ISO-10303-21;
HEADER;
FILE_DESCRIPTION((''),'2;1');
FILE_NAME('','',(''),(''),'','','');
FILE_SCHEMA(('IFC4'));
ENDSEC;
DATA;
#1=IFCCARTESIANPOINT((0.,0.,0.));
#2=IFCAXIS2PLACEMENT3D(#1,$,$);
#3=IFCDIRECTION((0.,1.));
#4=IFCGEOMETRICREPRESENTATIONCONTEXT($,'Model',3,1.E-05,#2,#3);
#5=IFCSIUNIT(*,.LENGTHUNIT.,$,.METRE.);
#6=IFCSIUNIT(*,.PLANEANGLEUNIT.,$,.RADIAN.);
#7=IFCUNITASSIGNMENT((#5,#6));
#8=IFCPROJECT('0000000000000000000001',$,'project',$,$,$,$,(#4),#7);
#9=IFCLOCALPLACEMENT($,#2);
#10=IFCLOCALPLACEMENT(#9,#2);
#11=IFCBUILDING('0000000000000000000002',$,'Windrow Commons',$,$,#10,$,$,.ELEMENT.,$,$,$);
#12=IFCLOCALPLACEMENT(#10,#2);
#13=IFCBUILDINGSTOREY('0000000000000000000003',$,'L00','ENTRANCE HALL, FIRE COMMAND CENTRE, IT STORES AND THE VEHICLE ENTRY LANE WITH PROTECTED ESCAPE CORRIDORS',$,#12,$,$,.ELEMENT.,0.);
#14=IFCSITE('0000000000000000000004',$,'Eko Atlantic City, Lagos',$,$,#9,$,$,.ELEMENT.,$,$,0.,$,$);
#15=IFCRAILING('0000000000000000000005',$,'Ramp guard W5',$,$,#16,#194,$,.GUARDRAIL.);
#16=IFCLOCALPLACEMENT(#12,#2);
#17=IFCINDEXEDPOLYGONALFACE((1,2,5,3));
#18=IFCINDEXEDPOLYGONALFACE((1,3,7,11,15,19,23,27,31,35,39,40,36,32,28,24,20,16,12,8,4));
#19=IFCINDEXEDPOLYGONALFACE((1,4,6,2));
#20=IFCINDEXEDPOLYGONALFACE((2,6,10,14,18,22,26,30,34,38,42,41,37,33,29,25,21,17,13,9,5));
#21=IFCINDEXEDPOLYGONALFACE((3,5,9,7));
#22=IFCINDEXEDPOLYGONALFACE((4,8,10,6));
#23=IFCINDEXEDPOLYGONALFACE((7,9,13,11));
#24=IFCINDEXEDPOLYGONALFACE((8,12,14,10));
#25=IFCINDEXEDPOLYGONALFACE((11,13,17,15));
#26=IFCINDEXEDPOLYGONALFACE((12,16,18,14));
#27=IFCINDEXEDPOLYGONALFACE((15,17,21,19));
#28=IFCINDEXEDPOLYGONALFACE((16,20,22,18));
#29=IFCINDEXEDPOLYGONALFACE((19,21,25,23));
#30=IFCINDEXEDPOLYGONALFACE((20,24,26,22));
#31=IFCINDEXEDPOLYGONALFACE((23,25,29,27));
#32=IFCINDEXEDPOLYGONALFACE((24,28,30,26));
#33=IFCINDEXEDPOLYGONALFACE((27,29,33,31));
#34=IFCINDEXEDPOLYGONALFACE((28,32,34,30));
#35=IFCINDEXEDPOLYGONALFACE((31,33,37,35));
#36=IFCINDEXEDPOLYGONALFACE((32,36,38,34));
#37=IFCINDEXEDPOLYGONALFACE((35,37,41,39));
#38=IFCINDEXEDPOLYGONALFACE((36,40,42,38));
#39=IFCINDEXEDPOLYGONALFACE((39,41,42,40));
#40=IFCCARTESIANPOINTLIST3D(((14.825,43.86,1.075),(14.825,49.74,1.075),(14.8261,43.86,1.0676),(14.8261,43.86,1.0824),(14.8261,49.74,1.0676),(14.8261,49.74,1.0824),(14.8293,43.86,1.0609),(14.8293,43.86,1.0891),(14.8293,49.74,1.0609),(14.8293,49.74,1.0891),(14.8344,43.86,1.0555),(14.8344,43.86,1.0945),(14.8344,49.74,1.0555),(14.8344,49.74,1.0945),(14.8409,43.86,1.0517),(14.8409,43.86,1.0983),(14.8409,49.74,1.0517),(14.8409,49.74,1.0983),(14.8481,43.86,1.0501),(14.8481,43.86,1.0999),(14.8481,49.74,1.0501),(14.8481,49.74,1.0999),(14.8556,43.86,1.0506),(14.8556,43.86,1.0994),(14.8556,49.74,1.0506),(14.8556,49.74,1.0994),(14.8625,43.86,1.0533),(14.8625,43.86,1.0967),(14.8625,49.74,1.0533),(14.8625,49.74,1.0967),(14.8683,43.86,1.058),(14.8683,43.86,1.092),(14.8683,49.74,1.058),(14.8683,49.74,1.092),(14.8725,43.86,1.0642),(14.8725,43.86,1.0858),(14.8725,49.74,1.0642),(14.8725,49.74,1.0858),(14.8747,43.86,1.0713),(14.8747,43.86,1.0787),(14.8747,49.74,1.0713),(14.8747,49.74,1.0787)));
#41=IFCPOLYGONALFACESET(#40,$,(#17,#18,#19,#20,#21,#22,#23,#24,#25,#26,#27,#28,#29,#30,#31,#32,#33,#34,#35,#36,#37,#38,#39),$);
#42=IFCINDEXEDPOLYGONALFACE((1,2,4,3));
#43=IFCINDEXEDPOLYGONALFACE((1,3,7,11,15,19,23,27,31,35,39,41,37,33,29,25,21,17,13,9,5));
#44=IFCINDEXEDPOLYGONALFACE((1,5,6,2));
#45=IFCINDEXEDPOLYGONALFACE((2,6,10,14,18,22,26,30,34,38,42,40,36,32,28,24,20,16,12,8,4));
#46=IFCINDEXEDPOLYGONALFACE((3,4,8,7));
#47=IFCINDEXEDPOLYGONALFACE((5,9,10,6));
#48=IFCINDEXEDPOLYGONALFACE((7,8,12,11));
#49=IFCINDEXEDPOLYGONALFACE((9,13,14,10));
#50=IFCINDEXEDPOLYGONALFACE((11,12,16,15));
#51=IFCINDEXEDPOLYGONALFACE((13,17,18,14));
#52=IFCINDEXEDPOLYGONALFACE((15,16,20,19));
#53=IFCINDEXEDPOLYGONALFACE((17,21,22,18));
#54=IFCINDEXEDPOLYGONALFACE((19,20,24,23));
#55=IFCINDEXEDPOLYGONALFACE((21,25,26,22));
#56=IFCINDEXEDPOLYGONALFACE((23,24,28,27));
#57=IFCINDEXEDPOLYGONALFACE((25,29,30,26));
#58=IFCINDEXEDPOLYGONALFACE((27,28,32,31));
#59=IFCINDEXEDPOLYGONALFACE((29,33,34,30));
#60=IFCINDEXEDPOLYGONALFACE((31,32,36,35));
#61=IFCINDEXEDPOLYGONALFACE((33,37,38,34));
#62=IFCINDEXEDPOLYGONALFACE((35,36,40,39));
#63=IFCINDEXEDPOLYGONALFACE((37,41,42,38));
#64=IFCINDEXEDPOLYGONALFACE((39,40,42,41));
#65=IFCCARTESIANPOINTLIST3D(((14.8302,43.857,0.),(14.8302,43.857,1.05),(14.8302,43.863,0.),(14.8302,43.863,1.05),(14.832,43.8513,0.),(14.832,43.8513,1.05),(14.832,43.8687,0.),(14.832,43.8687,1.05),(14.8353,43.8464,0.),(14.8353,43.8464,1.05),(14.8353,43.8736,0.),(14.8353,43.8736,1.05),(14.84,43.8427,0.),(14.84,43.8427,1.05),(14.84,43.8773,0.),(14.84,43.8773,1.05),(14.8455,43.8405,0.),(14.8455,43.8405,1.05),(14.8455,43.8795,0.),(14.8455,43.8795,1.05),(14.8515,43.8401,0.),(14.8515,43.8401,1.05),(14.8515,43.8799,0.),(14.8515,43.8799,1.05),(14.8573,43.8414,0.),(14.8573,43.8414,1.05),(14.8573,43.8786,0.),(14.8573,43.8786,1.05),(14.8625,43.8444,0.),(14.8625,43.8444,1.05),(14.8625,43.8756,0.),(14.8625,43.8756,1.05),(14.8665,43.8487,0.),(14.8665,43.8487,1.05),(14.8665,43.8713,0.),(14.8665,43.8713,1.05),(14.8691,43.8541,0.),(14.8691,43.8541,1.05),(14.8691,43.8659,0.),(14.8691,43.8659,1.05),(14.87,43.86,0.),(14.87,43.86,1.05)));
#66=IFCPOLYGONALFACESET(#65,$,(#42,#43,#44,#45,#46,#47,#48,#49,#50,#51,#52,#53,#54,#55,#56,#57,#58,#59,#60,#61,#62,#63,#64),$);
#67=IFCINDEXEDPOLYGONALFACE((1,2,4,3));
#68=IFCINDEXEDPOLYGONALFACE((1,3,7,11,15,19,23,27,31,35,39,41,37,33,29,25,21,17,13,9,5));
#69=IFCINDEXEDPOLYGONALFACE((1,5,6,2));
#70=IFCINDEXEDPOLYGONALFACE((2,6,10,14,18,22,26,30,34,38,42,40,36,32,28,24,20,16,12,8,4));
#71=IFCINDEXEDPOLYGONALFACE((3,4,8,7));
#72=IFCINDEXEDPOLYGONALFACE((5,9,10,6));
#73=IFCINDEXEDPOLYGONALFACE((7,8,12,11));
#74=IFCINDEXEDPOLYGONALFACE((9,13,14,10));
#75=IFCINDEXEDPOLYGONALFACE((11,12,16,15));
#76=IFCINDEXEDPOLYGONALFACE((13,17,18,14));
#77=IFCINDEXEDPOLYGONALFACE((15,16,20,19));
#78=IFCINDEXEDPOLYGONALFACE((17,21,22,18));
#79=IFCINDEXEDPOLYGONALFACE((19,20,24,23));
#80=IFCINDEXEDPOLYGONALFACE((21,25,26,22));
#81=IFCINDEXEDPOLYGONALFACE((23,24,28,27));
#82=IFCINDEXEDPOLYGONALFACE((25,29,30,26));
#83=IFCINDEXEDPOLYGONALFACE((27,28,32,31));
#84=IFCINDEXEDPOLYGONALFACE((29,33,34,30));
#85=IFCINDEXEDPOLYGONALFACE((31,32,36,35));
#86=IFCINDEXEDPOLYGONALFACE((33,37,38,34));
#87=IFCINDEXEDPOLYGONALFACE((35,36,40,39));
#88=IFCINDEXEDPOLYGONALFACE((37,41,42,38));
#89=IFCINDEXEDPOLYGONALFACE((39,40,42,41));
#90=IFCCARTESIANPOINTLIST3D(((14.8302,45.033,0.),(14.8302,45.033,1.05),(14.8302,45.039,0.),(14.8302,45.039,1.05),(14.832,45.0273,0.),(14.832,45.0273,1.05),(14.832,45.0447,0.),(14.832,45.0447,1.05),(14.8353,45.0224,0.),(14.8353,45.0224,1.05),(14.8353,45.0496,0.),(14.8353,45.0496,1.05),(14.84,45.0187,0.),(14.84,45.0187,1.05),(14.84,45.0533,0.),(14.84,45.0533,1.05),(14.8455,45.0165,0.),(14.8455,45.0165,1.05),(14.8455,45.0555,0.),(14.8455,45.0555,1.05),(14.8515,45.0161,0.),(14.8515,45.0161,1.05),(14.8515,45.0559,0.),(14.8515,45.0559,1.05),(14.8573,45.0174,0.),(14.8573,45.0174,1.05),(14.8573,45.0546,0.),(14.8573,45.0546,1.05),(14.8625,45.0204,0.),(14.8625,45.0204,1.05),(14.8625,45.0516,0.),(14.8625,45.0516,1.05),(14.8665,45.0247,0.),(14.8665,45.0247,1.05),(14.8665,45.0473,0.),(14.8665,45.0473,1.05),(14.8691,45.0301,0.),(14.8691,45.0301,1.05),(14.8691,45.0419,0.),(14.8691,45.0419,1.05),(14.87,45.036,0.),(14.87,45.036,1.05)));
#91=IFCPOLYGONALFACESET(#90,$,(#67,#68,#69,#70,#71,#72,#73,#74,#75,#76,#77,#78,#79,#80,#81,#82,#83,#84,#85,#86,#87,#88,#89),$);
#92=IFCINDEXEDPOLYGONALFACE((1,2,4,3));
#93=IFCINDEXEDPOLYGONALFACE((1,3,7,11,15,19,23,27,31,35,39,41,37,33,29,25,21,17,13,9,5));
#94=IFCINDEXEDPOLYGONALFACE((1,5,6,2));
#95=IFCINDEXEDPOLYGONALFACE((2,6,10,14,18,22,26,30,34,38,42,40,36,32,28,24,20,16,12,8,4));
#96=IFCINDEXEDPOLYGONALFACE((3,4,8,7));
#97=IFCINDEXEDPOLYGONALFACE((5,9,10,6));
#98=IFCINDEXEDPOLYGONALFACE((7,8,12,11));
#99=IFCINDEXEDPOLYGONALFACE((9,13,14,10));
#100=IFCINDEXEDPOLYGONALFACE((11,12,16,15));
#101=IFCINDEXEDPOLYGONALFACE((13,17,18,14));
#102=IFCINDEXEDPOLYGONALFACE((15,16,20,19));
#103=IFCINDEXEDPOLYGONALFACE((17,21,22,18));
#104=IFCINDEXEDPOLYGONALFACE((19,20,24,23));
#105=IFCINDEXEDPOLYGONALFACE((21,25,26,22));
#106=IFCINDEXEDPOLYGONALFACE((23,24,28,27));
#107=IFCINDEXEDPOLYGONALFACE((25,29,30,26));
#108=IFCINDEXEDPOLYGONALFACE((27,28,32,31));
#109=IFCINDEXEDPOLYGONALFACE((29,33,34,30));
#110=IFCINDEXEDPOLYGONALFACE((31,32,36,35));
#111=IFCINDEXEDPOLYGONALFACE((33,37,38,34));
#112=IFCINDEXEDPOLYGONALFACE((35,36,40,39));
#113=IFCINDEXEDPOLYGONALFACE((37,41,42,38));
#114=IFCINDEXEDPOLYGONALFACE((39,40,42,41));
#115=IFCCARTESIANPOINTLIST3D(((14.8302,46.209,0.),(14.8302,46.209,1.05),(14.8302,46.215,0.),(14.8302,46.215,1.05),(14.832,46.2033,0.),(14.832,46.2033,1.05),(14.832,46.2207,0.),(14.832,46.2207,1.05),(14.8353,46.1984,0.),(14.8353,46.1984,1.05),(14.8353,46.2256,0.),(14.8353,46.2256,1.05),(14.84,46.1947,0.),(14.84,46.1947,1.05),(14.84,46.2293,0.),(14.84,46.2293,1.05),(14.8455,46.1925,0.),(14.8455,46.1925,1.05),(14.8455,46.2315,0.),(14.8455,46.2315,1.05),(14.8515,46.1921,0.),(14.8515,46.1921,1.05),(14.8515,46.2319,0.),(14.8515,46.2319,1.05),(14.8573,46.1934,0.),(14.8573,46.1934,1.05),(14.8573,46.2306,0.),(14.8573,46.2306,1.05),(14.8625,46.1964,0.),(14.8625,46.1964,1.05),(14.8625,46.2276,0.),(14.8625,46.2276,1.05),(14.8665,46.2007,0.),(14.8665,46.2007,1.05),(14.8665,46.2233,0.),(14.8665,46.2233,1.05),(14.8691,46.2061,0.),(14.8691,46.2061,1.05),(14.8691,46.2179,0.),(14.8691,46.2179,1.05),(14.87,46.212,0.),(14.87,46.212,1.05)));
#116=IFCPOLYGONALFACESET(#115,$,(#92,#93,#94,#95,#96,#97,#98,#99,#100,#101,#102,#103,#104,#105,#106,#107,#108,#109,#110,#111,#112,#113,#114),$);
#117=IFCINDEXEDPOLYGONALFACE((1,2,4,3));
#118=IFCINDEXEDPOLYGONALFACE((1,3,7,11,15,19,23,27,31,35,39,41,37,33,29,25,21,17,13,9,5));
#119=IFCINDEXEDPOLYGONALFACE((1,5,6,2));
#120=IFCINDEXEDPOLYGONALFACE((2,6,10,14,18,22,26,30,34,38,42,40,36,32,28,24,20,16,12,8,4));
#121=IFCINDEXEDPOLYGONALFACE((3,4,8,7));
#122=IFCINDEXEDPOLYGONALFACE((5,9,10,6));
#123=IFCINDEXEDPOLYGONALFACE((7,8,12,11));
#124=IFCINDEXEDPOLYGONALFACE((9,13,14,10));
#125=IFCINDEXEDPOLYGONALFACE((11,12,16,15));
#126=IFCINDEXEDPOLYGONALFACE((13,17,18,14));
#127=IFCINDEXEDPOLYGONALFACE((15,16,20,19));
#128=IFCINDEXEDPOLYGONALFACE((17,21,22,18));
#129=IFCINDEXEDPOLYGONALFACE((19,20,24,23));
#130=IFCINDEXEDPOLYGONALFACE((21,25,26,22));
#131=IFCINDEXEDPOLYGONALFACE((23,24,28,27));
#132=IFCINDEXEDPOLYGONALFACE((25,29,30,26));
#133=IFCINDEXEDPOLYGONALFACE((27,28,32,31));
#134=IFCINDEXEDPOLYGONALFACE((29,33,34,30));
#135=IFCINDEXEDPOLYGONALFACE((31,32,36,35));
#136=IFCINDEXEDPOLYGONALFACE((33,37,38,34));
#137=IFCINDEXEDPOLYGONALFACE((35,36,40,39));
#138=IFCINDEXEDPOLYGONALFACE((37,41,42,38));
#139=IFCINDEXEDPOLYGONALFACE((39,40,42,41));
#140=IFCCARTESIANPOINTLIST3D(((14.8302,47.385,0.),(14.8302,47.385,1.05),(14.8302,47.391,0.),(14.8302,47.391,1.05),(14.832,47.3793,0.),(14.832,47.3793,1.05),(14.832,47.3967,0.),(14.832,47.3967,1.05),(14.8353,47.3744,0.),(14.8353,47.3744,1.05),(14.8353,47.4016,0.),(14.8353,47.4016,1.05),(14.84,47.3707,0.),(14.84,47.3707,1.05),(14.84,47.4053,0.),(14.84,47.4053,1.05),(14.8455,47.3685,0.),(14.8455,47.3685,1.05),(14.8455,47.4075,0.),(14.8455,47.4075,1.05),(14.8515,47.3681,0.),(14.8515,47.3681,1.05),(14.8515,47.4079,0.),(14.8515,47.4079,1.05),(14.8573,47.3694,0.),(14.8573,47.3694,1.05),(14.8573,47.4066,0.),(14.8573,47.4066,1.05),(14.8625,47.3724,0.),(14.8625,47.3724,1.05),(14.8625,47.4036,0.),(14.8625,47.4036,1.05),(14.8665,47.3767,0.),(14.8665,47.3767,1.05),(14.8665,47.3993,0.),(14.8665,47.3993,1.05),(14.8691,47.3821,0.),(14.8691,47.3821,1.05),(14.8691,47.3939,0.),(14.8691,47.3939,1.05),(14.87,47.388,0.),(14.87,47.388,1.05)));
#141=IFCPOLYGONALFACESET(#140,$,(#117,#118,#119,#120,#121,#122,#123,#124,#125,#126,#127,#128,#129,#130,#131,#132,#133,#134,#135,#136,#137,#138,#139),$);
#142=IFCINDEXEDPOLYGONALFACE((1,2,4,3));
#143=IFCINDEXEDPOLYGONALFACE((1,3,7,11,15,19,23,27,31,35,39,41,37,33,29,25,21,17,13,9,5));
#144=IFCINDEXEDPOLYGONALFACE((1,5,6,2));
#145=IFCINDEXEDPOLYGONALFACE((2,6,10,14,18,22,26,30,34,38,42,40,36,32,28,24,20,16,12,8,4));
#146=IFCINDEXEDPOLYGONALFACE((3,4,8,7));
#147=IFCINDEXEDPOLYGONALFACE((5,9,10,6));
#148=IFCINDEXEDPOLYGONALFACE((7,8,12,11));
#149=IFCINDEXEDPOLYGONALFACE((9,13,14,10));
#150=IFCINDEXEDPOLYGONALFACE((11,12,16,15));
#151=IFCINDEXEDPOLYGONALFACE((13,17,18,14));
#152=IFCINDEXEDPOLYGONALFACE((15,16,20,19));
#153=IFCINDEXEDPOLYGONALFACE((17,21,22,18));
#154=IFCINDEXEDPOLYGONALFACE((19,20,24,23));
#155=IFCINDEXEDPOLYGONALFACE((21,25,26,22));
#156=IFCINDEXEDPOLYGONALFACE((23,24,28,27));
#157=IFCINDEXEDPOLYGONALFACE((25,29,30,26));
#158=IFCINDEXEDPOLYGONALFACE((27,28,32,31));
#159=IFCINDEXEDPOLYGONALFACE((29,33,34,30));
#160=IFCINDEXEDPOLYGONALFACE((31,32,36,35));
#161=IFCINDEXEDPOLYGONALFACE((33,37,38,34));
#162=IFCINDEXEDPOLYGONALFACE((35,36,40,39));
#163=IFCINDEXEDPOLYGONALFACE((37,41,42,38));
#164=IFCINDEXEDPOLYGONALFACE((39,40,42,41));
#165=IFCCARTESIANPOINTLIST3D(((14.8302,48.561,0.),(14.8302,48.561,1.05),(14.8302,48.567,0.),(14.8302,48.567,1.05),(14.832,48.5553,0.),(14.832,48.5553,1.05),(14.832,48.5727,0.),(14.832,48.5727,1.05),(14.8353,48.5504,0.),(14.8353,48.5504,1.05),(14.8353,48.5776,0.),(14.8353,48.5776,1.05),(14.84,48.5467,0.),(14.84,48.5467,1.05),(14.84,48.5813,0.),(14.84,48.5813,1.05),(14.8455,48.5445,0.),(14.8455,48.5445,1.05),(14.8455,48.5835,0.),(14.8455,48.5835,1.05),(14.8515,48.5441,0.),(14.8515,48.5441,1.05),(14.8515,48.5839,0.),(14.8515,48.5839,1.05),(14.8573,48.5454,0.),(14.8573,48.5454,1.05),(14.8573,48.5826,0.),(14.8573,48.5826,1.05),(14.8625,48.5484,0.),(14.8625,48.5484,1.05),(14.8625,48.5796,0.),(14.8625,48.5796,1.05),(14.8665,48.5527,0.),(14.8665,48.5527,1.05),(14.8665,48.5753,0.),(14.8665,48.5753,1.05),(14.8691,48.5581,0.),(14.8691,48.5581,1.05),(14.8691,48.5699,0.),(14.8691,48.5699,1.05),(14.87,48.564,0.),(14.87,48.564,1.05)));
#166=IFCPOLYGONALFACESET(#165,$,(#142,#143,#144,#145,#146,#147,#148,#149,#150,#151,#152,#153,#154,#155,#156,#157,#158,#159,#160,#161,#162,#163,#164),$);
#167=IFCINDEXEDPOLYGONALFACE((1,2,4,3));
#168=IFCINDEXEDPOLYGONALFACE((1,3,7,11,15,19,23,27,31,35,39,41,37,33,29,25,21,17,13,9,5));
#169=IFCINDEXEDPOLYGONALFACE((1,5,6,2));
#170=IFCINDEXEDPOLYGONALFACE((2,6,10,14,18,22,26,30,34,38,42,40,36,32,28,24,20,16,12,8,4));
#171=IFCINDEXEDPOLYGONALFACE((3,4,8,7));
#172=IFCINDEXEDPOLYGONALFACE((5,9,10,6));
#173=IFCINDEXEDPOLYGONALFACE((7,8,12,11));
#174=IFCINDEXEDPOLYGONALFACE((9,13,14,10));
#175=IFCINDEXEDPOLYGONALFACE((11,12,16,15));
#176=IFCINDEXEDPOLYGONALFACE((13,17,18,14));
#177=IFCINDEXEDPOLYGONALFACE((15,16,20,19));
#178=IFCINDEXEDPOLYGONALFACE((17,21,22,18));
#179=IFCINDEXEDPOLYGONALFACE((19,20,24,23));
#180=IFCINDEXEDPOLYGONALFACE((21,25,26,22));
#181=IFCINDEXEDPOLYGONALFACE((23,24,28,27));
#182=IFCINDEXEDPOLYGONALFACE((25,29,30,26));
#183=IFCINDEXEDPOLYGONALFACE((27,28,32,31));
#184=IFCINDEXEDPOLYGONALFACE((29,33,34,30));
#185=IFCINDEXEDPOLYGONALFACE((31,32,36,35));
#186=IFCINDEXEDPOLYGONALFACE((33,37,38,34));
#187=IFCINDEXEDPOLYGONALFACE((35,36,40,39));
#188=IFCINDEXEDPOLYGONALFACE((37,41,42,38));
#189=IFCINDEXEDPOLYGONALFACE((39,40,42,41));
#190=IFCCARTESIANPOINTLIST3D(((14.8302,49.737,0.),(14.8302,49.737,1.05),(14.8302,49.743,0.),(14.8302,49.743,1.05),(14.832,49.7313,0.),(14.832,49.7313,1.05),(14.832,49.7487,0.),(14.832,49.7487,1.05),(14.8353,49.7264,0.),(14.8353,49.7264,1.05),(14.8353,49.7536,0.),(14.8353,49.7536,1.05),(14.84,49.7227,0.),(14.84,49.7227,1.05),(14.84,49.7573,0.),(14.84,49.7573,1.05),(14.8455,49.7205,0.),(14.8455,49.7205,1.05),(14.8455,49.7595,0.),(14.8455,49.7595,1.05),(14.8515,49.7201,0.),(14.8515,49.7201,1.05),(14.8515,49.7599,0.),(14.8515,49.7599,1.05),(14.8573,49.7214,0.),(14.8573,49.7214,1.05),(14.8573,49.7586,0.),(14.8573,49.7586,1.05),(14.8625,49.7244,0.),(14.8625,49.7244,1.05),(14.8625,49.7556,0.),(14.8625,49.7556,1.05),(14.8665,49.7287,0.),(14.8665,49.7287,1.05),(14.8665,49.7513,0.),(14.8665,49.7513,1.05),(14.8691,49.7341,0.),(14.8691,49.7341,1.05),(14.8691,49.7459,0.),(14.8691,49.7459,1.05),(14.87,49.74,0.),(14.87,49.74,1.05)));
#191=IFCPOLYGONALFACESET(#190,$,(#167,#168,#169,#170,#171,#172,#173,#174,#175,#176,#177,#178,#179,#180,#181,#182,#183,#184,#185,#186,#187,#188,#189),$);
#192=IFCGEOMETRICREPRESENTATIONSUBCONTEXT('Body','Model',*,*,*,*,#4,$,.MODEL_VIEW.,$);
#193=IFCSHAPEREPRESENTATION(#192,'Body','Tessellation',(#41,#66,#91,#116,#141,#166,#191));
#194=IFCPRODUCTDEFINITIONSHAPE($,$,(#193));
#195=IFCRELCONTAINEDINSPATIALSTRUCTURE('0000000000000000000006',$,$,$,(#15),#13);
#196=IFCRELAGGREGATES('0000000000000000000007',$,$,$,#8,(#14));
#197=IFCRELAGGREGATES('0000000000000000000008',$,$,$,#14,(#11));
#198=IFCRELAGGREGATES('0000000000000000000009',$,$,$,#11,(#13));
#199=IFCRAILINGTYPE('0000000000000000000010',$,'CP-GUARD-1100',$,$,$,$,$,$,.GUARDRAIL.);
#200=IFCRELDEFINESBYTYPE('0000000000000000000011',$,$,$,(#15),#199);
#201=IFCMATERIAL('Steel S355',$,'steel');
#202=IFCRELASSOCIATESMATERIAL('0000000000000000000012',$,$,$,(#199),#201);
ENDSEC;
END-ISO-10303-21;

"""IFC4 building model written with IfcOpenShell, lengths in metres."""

from ifc_helpers import new_model, si_unit, direction, frame, origin, origin_2d, place, context, subcontext, project, spatial, circle, extrude, material, type_object, element, save


model = new_model("IFC4")

# Units and contexts
model_context = context("Model", 3, precision=1e-05, world=origin(), true_north=direction((0.0, 1.0)))
body_context = subcontext(model_context, "Body", "Model", "MODEL_VIEW")
ifc_project = project(units=[si_unit("LENGTHUNIT", "METRE"), si_unit("PLANEANGLEUNIT", "RADIAN")], contexts=[model_context])

# Site, building, storey
site_placement = place(None, origin())
site = spatial("IfcSite", under=ifc_project, at=site_placement, Name="Eko Atlantic City, Lagos", CompositionType="ELEMENT", RefElevation=0.0)
building_placement = place(site_placement, origin())
building = spatial("IfcBuilding", under=site, at=building_placement, Name="Windrow Commons", CompositionType="ELEMENT")
storey_placement = place(building_placement, origin())
storey = spatial("IfcBuildingStorey", under=building, at=storey_placement, Name="L00", Description="ENTRANCE HALL, FIRE COMMAND CENTRE, IT STORES AND THE VEHICLE ENTRY LANE WITH PROTECTED ESCAPE CORRIDORS", CompositionType="ELEMENT", Elevation=0.0)

# Railing
ifc_material_1 = material(Name="Steel S355", Category="steel")
railing_type = type_object("IfcRailingType", Name="CP-GUARD-1100", PredefinedType="GUARDRAIL", material=ifc_material_1)
for number, where, name in (
    (1, (14.85, 43.86, 0.0), "Ramp guard W5"),
):
    element("IfcRailing", number, at=place(storey_placement, frame(where)), inside=storey, type_object=railing_type, Name=name, PredefinedType="GUARDRAIL", context=body_context, shape_type="SweptSolid", body=[
        extrude(circle(Radius=0.025, at=origin_2d()), frame((0.0, 0.0, 1.075), z_axis=(0.0, 1.0, 0.0), x_axis=(-1.0, 0.0, 0.0)), (0.0, 0.0, 1.0), 5.88),
        extrude(circle(Radius=0.02, at=origin_2d()), origin(), (0.0, 0.0, 1.0), 1.05),
        extrude(circle(Radius=0.02, at=origin_2d()), frame((0.0, 1.176, 0.0)), (0.0, 0.0, 1.0), 1.05),
        extrude(circle(Radius=0.02, at=origin_2d()), frame((0.0, 2.352, 0.0)), (0.0, 0.0, 1.0), 1.05),
        extrude(circle(Radius=0.02, at=origin_2d()), frame((0.0, 3.528, 0.0)), (0.0, 0.0, 1.0), 1.05),
        extrude(circle(Radius=0.02, at=origin_2d()), frame((0.0, 4.704, 0.0)), (0.0, 0.0, 1.0), 1.05),
        extrude(circle(Radius=0.02, at=origin_2d()), frame((0.0, 5.88, 0.0)), (0.0, 0.0, 1.0), 1.05),
    ])

save(model, "model.ifc")
